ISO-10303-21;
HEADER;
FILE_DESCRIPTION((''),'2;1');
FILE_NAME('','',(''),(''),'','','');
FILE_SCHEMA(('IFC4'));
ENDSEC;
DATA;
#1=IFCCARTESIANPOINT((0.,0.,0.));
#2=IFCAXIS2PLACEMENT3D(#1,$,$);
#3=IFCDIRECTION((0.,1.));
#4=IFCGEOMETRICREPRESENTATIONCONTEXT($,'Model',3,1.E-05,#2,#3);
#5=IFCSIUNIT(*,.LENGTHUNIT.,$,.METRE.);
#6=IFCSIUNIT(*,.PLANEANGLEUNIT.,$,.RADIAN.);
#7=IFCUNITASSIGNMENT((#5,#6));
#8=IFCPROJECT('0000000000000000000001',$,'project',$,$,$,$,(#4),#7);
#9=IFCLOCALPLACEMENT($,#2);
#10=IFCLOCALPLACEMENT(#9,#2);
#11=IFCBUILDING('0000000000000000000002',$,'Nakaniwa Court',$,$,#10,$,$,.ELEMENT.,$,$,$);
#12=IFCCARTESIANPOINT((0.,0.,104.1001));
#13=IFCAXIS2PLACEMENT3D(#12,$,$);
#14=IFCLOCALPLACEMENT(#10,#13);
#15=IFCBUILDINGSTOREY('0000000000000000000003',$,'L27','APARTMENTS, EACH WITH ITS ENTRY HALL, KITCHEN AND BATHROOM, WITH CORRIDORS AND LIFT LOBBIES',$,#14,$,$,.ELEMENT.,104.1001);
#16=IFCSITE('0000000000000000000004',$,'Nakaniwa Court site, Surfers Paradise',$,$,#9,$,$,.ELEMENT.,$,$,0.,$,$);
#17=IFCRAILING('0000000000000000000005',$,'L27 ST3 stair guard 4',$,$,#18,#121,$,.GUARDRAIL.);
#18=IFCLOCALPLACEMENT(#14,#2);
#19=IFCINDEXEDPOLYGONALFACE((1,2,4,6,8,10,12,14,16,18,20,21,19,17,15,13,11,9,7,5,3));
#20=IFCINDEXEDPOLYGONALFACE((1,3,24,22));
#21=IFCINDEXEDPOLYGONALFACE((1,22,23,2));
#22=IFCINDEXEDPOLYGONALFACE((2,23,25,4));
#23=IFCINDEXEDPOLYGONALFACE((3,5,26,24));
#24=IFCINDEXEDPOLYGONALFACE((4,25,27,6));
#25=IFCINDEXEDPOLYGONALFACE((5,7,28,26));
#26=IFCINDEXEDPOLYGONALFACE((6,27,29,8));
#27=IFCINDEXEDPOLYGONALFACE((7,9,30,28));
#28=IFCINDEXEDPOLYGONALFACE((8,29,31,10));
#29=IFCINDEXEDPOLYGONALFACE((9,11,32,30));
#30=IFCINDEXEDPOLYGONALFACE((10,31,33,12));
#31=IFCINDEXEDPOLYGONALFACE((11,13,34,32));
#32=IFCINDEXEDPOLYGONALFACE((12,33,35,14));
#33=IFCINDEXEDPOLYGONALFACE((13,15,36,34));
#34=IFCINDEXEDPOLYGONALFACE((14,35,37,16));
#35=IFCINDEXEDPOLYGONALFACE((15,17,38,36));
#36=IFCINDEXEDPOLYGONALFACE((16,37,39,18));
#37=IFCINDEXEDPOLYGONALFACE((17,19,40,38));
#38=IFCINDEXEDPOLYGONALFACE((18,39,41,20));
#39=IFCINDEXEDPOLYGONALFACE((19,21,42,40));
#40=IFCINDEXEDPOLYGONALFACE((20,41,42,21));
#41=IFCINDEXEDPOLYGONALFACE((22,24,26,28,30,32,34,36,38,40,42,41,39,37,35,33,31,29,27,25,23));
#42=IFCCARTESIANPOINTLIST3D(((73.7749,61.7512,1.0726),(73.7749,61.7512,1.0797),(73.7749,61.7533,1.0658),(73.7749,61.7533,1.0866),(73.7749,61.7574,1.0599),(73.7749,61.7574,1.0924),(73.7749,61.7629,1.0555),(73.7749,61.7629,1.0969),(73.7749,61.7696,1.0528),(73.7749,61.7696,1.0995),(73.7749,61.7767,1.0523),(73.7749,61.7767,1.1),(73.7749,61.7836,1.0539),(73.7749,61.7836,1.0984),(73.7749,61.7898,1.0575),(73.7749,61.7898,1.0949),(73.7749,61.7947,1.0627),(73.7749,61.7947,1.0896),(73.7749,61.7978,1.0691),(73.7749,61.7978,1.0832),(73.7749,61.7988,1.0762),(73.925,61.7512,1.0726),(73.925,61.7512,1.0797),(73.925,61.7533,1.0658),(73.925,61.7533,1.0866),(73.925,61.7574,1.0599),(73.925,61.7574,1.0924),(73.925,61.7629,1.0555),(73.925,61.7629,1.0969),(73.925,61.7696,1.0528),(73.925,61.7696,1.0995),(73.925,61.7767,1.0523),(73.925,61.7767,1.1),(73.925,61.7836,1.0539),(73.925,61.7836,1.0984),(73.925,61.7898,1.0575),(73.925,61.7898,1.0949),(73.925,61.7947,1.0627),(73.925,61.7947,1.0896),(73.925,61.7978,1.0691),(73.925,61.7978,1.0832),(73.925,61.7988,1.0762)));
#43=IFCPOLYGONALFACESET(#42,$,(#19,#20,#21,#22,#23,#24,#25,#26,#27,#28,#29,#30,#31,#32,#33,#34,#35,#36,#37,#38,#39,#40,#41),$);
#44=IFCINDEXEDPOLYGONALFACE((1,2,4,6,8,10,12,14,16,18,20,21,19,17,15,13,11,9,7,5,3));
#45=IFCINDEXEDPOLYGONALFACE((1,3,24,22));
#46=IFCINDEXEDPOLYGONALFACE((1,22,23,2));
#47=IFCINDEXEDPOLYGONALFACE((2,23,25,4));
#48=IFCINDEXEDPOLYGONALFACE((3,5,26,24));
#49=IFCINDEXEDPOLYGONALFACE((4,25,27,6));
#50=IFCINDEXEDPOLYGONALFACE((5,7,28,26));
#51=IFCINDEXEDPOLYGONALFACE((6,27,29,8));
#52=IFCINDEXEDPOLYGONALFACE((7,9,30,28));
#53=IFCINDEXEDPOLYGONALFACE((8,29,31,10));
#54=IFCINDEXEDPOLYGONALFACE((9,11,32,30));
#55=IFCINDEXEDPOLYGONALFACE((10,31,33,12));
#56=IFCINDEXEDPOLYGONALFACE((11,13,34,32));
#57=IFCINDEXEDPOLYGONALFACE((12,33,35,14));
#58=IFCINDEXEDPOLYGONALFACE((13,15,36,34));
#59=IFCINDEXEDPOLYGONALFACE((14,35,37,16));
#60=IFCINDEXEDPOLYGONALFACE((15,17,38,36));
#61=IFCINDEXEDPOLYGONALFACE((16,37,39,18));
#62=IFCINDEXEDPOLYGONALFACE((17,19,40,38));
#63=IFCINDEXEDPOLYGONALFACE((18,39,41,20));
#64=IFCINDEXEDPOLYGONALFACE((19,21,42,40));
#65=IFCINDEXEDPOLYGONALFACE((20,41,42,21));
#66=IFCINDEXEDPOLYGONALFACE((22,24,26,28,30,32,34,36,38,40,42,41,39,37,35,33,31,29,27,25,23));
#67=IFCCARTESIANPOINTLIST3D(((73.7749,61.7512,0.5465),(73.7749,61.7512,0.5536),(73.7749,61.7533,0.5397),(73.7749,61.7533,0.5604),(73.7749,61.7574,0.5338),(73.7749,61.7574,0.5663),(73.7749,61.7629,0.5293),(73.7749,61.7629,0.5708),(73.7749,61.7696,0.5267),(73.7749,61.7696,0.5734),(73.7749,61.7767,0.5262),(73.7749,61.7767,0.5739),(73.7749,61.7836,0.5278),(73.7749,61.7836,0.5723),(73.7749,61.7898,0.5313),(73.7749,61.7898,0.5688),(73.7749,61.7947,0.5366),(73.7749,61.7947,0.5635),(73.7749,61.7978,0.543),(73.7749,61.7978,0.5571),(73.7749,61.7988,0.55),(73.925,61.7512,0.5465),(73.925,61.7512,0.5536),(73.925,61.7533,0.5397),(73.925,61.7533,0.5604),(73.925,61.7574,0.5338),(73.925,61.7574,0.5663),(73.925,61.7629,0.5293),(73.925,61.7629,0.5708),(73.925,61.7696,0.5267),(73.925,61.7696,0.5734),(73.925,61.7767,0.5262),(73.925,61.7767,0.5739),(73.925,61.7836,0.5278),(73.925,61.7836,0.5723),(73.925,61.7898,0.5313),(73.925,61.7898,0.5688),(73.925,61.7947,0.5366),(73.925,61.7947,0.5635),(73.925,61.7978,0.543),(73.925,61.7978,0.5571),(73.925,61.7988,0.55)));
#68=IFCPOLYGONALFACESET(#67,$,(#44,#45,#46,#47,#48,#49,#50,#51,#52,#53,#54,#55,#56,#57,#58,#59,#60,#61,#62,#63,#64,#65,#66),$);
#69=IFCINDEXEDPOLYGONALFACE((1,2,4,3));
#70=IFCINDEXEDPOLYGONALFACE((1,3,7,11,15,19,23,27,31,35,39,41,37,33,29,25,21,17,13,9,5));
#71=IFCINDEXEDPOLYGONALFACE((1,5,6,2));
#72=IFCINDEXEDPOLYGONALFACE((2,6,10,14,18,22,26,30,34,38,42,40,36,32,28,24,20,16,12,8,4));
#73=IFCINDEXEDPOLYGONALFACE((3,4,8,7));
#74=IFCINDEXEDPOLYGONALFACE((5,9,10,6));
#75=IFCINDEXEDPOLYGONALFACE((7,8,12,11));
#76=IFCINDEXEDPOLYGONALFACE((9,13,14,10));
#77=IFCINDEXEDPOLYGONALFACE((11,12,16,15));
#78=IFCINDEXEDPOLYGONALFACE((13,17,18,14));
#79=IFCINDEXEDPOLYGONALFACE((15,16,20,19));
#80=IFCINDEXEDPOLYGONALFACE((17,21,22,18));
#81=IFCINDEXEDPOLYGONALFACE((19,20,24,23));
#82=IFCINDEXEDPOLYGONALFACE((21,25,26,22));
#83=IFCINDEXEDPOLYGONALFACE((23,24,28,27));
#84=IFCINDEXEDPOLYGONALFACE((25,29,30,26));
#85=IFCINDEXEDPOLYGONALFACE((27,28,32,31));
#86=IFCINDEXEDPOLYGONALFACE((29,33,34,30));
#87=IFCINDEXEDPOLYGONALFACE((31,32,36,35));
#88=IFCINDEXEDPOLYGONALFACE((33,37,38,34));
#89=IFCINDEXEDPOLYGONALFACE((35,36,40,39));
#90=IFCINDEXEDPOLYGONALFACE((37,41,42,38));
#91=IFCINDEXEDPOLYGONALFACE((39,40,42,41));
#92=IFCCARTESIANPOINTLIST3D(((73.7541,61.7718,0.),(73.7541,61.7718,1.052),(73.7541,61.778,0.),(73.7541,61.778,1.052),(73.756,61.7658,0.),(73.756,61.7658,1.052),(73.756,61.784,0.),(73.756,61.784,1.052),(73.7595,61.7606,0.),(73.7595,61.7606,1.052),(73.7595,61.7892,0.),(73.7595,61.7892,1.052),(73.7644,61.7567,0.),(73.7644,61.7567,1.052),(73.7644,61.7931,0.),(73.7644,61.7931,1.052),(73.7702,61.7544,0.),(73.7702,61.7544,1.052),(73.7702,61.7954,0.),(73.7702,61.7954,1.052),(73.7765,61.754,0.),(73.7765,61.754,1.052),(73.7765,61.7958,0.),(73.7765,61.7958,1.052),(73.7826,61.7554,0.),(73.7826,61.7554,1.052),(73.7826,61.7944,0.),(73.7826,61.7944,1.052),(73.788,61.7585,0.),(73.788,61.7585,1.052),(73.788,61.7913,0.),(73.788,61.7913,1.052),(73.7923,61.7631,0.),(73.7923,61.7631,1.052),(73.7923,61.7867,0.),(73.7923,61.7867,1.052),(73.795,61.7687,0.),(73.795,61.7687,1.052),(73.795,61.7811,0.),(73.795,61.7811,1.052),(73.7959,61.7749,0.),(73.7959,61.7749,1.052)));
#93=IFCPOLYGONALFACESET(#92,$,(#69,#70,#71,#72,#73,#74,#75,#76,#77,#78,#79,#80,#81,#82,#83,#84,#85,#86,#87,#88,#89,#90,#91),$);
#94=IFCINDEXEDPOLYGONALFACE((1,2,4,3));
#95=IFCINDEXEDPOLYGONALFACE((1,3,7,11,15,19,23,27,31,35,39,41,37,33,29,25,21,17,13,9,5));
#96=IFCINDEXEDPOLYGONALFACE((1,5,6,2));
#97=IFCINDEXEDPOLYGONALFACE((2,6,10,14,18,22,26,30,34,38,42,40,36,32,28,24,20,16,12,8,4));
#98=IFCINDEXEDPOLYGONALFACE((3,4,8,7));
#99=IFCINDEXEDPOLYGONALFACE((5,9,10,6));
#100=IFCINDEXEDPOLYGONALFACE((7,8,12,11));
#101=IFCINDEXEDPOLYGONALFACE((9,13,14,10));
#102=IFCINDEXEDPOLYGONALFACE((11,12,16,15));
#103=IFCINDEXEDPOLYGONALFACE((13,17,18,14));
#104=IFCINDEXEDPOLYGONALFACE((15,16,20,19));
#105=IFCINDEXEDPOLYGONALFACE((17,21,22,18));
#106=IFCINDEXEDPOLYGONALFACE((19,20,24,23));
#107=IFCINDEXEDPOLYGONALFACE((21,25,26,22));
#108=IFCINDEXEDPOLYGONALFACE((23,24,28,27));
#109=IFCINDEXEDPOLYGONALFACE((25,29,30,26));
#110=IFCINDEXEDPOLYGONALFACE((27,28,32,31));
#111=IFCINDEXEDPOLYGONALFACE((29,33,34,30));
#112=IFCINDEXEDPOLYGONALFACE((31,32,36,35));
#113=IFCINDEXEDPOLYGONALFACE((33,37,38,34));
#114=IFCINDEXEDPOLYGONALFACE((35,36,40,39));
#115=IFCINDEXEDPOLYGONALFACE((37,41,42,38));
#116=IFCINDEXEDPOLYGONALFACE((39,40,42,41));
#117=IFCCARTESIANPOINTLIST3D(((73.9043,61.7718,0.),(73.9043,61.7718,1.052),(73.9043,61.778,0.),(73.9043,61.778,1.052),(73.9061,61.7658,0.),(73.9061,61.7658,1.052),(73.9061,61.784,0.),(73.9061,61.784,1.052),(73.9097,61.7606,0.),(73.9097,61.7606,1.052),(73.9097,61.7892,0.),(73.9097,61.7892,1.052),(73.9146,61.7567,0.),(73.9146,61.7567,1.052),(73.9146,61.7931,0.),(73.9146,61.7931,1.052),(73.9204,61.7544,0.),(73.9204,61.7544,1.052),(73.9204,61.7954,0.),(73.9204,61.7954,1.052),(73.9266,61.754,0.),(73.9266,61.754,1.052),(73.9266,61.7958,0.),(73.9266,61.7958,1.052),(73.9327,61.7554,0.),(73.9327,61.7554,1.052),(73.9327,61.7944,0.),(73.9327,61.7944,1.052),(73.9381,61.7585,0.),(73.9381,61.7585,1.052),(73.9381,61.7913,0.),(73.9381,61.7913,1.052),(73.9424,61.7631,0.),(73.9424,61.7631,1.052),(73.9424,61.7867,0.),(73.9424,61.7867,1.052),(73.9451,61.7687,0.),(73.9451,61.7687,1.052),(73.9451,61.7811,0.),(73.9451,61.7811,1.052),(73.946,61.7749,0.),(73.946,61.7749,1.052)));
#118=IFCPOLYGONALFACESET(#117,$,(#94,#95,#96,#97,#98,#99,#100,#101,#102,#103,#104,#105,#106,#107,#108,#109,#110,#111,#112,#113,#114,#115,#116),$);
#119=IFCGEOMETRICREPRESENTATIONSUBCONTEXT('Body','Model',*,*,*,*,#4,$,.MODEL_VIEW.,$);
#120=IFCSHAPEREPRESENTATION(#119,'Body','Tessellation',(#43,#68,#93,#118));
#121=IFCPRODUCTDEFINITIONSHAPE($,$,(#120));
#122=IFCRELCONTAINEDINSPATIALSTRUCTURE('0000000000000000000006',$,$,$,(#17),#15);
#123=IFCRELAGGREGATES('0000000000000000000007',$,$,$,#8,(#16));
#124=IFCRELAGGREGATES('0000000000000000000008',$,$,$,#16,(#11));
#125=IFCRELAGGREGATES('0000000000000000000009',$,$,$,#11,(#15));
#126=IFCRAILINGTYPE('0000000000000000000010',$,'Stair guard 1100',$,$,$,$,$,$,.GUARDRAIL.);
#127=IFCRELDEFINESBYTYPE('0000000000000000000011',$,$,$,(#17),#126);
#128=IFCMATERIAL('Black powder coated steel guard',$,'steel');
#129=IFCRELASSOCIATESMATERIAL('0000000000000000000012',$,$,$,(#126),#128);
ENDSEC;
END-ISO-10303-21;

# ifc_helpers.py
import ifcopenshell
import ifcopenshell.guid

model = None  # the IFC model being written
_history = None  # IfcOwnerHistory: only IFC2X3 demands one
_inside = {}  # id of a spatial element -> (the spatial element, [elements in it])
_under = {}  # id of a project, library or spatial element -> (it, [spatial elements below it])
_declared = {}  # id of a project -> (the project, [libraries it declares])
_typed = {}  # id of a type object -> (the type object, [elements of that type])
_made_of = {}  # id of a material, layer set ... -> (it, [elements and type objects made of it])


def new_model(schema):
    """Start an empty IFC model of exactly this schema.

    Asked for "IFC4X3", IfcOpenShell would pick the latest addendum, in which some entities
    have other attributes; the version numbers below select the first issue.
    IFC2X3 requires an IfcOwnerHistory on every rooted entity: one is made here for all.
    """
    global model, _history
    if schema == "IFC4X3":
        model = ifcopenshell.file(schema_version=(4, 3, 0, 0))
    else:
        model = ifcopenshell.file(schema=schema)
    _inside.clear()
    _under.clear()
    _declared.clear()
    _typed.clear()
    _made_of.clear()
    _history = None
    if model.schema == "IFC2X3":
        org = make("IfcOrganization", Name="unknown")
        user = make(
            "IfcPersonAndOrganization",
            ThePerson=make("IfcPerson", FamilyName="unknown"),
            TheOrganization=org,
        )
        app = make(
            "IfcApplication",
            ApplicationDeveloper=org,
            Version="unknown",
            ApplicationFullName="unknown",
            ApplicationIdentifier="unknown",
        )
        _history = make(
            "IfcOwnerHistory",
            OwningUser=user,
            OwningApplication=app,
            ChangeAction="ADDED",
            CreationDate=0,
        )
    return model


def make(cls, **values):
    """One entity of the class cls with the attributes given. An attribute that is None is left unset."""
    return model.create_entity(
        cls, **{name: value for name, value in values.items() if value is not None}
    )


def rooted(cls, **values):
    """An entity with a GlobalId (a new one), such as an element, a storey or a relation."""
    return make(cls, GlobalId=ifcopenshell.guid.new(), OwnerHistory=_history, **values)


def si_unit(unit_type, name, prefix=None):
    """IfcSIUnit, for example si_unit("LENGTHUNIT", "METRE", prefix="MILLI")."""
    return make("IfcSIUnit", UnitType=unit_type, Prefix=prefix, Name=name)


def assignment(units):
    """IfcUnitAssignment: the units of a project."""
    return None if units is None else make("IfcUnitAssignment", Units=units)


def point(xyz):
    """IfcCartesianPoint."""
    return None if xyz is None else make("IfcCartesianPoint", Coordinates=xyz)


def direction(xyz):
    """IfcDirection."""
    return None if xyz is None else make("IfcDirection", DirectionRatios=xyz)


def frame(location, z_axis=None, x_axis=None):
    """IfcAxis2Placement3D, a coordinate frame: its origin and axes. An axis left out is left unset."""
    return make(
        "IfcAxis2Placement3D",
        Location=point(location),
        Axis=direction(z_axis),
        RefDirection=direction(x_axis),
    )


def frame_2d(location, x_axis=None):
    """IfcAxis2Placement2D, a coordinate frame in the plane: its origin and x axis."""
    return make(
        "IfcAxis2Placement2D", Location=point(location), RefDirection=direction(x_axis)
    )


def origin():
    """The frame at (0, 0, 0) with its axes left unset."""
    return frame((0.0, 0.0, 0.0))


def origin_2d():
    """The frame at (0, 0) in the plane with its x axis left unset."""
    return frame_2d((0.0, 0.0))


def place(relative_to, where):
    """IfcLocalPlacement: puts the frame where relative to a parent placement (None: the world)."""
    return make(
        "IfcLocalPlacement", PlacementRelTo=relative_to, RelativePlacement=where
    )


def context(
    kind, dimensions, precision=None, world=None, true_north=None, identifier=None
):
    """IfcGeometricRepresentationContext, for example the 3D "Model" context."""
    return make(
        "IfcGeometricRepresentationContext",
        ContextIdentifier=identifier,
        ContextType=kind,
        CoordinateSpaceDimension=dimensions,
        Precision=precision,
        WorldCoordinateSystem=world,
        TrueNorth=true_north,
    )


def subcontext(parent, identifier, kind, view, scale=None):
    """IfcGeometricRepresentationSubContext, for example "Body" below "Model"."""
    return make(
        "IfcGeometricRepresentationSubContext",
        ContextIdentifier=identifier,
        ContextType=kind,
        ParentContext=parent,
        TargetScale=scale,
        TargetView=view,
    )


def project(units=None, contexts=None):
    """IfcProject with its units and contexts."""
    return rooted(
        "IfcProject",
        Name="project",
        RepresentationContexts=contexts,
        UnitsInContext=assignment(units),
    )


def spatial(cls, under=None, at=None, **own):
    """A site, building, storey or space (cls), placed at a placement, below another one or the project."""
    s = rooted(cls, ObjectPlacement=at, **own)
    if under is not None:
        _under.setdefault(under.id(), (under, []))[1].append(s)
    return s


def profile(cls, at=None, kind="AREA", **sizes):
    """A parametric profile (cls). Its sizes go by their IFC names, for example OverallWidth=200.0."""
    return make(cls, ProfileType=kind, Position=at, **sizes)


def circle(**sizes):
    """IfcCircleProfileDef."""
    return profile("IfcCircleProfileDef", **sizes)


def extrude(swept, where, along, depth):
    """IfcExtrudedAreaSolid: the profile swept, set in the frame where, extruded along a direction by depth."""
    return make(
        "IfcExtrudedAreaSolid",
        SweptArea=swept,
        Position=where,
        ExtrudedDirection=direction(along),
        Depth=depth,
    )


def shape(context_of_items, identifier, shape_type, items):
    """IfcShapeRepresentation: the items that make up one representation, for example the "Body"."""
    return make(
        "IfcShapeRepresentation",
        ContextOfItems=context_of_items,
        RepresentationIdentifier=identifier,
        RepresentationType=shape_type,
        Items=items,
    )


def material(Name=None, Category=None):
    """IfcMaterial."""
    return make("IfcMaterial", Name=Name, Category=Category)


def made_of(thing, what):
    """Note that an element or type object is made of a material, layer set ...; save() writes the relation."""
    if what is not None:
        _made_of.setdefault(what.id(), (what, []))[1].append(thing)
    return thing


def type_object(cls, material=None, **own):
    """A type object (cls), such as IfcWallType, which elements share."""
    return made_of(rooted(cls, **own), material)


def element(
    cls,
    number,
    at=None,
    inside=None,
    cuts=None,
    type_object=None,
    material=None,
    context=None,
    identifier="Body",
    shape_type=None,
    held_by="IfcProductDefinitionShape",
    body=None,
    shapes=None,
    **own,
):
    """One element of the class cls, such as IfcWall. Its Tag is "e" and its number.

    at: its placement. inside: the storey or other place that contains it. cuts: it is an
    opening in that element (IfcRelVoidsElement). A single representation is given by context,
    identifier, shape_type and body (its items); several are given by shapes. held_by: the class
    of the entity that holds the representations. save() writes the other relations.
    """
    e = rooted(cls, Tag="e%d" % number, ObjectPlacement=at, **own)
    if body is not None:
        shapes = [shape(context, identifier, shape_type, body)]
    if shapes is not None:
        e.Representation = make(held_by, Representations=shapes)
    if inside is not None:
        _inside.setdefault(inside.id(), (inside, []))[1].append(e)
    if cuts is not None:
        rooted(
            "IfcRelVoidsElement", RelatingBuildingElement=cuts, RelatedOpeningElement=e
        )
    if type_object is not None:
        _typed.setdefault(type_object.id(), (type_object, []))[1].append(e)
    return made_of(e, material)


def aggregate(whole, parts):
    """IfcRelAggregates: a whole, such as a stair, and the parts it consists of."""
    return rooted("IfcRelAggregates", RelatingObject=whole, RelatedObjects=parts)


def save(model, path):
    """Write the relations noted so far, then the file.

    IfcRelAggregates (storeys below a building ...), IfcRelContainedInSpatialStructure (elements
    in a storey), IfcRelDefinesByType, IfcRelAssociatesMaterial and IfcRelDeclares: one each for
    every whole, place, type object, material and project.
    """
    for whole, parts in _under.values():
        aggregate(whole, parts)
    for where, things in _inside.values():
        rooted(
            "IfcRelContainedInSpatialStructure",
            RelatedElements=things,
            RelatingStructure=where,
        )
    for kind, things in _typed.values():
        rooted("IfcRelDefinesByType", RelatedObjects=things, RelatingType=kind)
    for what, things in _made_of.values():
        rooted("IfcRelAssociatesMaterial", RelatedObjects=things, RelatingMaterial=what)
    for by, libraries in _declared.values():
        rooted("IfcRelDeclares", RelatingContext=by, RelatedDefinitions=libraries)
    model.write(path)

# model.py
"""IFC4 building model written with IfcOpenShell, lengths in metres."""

from ifc_helpers import new_model, si_unit, direction, frame, origin, origin_2d, place, context, subcontext, project, spatial, circle, extrude, material, type_object, element, save


model = new_model("IFC4")

# Units and contexts
model_context = context("Model", 3, precision=1e-05, world=origin(), true_north=direction((0.0, 1.0)))
body_context = subcontext(model_context, "Body", "Model", "MODEL_VIEW")
ifc_project = project(units=[si_unit("LENGTHUNIT", "METRE"), si_unit("PLANEANGLEUNIT", "RADIAN")], contexts=[model_context])

# Site, building, storey
site_placement = place(None, origin())
site = spatial("IfcSite", under=ifc_project, at=site_placement, Name="Nakaniwa Court site, Surfers Paradise", CompositionType="ELEMENT", RefElevation=0.0)
building_placement = place(site_placement, origin())
building = spatial("IfcBuilding", under=site, at=building_placement, Name="Nakaniwa Court", CompositionType="ELEMENT")
storey_placement = place(building_placement, frame((0.0, 0.0, 104.1001)))
storey = spatial("IfcBuildingStorey", under=building, at=storey_placement, Name="L27", Description="APARTMENTS, EACH WITH ITS ENTRY HALL, KITCHEN AND BATHROOM, WITH CORRIDORS AND LIFT LOBBIES", CompositionType="ELEMENT", Elevation=104.1001)

# Railing
ifc_material_1 = material(Name="Black powder coated steel guard", Category="steel")
railing_type_1 = type_object("IfcRailingType", Name="Stair guard 1100", PredefinedType="GUARDRAIL", material=ifc_material_1)
railing_1_placement = place(storey_placement, frame((73.7749, 61.7749, 0.0)))
element("IfcRailing", 1, at=railing_1_placement, inside=storey, type_object=railing_type_1, Name="L27 ST3 stair guard 4", PredefinedType="GUARDRAIL", context=body_context, shape_type="SweptSolid", body=[
    extrude(circle(Radius=0.0239, at=origin_2d()), frame((0.0, 0.0, 1.0762), z_axis=(1.0, 0.0, 0.0), x_axis=(0.0, 1.0, 0.0)), (0.0, 0.0, 1.0), 0.1501),
    extrude(circle(Radius=0.0239, at=origin_2d()), frame((0.0, 0.0, 0.55), z_axis=(1.0, 0.0, 0.0), x_axis=(0.0, 1.0, 0.0)), (0.0, 0.0, 1.0), 0.1501),
    extrude(circle(Radius=0.021, at=origin_2d()), origin(), (0.0, 0.0, 1.0), 1.052),
    extrude(circle(Radius=0.021, at=origin_2d()), frame((0.1501, 0.0, 0.0)), (0.0, 0.0, 1.0), 1.052),
])

save(model, "model.ifc")
